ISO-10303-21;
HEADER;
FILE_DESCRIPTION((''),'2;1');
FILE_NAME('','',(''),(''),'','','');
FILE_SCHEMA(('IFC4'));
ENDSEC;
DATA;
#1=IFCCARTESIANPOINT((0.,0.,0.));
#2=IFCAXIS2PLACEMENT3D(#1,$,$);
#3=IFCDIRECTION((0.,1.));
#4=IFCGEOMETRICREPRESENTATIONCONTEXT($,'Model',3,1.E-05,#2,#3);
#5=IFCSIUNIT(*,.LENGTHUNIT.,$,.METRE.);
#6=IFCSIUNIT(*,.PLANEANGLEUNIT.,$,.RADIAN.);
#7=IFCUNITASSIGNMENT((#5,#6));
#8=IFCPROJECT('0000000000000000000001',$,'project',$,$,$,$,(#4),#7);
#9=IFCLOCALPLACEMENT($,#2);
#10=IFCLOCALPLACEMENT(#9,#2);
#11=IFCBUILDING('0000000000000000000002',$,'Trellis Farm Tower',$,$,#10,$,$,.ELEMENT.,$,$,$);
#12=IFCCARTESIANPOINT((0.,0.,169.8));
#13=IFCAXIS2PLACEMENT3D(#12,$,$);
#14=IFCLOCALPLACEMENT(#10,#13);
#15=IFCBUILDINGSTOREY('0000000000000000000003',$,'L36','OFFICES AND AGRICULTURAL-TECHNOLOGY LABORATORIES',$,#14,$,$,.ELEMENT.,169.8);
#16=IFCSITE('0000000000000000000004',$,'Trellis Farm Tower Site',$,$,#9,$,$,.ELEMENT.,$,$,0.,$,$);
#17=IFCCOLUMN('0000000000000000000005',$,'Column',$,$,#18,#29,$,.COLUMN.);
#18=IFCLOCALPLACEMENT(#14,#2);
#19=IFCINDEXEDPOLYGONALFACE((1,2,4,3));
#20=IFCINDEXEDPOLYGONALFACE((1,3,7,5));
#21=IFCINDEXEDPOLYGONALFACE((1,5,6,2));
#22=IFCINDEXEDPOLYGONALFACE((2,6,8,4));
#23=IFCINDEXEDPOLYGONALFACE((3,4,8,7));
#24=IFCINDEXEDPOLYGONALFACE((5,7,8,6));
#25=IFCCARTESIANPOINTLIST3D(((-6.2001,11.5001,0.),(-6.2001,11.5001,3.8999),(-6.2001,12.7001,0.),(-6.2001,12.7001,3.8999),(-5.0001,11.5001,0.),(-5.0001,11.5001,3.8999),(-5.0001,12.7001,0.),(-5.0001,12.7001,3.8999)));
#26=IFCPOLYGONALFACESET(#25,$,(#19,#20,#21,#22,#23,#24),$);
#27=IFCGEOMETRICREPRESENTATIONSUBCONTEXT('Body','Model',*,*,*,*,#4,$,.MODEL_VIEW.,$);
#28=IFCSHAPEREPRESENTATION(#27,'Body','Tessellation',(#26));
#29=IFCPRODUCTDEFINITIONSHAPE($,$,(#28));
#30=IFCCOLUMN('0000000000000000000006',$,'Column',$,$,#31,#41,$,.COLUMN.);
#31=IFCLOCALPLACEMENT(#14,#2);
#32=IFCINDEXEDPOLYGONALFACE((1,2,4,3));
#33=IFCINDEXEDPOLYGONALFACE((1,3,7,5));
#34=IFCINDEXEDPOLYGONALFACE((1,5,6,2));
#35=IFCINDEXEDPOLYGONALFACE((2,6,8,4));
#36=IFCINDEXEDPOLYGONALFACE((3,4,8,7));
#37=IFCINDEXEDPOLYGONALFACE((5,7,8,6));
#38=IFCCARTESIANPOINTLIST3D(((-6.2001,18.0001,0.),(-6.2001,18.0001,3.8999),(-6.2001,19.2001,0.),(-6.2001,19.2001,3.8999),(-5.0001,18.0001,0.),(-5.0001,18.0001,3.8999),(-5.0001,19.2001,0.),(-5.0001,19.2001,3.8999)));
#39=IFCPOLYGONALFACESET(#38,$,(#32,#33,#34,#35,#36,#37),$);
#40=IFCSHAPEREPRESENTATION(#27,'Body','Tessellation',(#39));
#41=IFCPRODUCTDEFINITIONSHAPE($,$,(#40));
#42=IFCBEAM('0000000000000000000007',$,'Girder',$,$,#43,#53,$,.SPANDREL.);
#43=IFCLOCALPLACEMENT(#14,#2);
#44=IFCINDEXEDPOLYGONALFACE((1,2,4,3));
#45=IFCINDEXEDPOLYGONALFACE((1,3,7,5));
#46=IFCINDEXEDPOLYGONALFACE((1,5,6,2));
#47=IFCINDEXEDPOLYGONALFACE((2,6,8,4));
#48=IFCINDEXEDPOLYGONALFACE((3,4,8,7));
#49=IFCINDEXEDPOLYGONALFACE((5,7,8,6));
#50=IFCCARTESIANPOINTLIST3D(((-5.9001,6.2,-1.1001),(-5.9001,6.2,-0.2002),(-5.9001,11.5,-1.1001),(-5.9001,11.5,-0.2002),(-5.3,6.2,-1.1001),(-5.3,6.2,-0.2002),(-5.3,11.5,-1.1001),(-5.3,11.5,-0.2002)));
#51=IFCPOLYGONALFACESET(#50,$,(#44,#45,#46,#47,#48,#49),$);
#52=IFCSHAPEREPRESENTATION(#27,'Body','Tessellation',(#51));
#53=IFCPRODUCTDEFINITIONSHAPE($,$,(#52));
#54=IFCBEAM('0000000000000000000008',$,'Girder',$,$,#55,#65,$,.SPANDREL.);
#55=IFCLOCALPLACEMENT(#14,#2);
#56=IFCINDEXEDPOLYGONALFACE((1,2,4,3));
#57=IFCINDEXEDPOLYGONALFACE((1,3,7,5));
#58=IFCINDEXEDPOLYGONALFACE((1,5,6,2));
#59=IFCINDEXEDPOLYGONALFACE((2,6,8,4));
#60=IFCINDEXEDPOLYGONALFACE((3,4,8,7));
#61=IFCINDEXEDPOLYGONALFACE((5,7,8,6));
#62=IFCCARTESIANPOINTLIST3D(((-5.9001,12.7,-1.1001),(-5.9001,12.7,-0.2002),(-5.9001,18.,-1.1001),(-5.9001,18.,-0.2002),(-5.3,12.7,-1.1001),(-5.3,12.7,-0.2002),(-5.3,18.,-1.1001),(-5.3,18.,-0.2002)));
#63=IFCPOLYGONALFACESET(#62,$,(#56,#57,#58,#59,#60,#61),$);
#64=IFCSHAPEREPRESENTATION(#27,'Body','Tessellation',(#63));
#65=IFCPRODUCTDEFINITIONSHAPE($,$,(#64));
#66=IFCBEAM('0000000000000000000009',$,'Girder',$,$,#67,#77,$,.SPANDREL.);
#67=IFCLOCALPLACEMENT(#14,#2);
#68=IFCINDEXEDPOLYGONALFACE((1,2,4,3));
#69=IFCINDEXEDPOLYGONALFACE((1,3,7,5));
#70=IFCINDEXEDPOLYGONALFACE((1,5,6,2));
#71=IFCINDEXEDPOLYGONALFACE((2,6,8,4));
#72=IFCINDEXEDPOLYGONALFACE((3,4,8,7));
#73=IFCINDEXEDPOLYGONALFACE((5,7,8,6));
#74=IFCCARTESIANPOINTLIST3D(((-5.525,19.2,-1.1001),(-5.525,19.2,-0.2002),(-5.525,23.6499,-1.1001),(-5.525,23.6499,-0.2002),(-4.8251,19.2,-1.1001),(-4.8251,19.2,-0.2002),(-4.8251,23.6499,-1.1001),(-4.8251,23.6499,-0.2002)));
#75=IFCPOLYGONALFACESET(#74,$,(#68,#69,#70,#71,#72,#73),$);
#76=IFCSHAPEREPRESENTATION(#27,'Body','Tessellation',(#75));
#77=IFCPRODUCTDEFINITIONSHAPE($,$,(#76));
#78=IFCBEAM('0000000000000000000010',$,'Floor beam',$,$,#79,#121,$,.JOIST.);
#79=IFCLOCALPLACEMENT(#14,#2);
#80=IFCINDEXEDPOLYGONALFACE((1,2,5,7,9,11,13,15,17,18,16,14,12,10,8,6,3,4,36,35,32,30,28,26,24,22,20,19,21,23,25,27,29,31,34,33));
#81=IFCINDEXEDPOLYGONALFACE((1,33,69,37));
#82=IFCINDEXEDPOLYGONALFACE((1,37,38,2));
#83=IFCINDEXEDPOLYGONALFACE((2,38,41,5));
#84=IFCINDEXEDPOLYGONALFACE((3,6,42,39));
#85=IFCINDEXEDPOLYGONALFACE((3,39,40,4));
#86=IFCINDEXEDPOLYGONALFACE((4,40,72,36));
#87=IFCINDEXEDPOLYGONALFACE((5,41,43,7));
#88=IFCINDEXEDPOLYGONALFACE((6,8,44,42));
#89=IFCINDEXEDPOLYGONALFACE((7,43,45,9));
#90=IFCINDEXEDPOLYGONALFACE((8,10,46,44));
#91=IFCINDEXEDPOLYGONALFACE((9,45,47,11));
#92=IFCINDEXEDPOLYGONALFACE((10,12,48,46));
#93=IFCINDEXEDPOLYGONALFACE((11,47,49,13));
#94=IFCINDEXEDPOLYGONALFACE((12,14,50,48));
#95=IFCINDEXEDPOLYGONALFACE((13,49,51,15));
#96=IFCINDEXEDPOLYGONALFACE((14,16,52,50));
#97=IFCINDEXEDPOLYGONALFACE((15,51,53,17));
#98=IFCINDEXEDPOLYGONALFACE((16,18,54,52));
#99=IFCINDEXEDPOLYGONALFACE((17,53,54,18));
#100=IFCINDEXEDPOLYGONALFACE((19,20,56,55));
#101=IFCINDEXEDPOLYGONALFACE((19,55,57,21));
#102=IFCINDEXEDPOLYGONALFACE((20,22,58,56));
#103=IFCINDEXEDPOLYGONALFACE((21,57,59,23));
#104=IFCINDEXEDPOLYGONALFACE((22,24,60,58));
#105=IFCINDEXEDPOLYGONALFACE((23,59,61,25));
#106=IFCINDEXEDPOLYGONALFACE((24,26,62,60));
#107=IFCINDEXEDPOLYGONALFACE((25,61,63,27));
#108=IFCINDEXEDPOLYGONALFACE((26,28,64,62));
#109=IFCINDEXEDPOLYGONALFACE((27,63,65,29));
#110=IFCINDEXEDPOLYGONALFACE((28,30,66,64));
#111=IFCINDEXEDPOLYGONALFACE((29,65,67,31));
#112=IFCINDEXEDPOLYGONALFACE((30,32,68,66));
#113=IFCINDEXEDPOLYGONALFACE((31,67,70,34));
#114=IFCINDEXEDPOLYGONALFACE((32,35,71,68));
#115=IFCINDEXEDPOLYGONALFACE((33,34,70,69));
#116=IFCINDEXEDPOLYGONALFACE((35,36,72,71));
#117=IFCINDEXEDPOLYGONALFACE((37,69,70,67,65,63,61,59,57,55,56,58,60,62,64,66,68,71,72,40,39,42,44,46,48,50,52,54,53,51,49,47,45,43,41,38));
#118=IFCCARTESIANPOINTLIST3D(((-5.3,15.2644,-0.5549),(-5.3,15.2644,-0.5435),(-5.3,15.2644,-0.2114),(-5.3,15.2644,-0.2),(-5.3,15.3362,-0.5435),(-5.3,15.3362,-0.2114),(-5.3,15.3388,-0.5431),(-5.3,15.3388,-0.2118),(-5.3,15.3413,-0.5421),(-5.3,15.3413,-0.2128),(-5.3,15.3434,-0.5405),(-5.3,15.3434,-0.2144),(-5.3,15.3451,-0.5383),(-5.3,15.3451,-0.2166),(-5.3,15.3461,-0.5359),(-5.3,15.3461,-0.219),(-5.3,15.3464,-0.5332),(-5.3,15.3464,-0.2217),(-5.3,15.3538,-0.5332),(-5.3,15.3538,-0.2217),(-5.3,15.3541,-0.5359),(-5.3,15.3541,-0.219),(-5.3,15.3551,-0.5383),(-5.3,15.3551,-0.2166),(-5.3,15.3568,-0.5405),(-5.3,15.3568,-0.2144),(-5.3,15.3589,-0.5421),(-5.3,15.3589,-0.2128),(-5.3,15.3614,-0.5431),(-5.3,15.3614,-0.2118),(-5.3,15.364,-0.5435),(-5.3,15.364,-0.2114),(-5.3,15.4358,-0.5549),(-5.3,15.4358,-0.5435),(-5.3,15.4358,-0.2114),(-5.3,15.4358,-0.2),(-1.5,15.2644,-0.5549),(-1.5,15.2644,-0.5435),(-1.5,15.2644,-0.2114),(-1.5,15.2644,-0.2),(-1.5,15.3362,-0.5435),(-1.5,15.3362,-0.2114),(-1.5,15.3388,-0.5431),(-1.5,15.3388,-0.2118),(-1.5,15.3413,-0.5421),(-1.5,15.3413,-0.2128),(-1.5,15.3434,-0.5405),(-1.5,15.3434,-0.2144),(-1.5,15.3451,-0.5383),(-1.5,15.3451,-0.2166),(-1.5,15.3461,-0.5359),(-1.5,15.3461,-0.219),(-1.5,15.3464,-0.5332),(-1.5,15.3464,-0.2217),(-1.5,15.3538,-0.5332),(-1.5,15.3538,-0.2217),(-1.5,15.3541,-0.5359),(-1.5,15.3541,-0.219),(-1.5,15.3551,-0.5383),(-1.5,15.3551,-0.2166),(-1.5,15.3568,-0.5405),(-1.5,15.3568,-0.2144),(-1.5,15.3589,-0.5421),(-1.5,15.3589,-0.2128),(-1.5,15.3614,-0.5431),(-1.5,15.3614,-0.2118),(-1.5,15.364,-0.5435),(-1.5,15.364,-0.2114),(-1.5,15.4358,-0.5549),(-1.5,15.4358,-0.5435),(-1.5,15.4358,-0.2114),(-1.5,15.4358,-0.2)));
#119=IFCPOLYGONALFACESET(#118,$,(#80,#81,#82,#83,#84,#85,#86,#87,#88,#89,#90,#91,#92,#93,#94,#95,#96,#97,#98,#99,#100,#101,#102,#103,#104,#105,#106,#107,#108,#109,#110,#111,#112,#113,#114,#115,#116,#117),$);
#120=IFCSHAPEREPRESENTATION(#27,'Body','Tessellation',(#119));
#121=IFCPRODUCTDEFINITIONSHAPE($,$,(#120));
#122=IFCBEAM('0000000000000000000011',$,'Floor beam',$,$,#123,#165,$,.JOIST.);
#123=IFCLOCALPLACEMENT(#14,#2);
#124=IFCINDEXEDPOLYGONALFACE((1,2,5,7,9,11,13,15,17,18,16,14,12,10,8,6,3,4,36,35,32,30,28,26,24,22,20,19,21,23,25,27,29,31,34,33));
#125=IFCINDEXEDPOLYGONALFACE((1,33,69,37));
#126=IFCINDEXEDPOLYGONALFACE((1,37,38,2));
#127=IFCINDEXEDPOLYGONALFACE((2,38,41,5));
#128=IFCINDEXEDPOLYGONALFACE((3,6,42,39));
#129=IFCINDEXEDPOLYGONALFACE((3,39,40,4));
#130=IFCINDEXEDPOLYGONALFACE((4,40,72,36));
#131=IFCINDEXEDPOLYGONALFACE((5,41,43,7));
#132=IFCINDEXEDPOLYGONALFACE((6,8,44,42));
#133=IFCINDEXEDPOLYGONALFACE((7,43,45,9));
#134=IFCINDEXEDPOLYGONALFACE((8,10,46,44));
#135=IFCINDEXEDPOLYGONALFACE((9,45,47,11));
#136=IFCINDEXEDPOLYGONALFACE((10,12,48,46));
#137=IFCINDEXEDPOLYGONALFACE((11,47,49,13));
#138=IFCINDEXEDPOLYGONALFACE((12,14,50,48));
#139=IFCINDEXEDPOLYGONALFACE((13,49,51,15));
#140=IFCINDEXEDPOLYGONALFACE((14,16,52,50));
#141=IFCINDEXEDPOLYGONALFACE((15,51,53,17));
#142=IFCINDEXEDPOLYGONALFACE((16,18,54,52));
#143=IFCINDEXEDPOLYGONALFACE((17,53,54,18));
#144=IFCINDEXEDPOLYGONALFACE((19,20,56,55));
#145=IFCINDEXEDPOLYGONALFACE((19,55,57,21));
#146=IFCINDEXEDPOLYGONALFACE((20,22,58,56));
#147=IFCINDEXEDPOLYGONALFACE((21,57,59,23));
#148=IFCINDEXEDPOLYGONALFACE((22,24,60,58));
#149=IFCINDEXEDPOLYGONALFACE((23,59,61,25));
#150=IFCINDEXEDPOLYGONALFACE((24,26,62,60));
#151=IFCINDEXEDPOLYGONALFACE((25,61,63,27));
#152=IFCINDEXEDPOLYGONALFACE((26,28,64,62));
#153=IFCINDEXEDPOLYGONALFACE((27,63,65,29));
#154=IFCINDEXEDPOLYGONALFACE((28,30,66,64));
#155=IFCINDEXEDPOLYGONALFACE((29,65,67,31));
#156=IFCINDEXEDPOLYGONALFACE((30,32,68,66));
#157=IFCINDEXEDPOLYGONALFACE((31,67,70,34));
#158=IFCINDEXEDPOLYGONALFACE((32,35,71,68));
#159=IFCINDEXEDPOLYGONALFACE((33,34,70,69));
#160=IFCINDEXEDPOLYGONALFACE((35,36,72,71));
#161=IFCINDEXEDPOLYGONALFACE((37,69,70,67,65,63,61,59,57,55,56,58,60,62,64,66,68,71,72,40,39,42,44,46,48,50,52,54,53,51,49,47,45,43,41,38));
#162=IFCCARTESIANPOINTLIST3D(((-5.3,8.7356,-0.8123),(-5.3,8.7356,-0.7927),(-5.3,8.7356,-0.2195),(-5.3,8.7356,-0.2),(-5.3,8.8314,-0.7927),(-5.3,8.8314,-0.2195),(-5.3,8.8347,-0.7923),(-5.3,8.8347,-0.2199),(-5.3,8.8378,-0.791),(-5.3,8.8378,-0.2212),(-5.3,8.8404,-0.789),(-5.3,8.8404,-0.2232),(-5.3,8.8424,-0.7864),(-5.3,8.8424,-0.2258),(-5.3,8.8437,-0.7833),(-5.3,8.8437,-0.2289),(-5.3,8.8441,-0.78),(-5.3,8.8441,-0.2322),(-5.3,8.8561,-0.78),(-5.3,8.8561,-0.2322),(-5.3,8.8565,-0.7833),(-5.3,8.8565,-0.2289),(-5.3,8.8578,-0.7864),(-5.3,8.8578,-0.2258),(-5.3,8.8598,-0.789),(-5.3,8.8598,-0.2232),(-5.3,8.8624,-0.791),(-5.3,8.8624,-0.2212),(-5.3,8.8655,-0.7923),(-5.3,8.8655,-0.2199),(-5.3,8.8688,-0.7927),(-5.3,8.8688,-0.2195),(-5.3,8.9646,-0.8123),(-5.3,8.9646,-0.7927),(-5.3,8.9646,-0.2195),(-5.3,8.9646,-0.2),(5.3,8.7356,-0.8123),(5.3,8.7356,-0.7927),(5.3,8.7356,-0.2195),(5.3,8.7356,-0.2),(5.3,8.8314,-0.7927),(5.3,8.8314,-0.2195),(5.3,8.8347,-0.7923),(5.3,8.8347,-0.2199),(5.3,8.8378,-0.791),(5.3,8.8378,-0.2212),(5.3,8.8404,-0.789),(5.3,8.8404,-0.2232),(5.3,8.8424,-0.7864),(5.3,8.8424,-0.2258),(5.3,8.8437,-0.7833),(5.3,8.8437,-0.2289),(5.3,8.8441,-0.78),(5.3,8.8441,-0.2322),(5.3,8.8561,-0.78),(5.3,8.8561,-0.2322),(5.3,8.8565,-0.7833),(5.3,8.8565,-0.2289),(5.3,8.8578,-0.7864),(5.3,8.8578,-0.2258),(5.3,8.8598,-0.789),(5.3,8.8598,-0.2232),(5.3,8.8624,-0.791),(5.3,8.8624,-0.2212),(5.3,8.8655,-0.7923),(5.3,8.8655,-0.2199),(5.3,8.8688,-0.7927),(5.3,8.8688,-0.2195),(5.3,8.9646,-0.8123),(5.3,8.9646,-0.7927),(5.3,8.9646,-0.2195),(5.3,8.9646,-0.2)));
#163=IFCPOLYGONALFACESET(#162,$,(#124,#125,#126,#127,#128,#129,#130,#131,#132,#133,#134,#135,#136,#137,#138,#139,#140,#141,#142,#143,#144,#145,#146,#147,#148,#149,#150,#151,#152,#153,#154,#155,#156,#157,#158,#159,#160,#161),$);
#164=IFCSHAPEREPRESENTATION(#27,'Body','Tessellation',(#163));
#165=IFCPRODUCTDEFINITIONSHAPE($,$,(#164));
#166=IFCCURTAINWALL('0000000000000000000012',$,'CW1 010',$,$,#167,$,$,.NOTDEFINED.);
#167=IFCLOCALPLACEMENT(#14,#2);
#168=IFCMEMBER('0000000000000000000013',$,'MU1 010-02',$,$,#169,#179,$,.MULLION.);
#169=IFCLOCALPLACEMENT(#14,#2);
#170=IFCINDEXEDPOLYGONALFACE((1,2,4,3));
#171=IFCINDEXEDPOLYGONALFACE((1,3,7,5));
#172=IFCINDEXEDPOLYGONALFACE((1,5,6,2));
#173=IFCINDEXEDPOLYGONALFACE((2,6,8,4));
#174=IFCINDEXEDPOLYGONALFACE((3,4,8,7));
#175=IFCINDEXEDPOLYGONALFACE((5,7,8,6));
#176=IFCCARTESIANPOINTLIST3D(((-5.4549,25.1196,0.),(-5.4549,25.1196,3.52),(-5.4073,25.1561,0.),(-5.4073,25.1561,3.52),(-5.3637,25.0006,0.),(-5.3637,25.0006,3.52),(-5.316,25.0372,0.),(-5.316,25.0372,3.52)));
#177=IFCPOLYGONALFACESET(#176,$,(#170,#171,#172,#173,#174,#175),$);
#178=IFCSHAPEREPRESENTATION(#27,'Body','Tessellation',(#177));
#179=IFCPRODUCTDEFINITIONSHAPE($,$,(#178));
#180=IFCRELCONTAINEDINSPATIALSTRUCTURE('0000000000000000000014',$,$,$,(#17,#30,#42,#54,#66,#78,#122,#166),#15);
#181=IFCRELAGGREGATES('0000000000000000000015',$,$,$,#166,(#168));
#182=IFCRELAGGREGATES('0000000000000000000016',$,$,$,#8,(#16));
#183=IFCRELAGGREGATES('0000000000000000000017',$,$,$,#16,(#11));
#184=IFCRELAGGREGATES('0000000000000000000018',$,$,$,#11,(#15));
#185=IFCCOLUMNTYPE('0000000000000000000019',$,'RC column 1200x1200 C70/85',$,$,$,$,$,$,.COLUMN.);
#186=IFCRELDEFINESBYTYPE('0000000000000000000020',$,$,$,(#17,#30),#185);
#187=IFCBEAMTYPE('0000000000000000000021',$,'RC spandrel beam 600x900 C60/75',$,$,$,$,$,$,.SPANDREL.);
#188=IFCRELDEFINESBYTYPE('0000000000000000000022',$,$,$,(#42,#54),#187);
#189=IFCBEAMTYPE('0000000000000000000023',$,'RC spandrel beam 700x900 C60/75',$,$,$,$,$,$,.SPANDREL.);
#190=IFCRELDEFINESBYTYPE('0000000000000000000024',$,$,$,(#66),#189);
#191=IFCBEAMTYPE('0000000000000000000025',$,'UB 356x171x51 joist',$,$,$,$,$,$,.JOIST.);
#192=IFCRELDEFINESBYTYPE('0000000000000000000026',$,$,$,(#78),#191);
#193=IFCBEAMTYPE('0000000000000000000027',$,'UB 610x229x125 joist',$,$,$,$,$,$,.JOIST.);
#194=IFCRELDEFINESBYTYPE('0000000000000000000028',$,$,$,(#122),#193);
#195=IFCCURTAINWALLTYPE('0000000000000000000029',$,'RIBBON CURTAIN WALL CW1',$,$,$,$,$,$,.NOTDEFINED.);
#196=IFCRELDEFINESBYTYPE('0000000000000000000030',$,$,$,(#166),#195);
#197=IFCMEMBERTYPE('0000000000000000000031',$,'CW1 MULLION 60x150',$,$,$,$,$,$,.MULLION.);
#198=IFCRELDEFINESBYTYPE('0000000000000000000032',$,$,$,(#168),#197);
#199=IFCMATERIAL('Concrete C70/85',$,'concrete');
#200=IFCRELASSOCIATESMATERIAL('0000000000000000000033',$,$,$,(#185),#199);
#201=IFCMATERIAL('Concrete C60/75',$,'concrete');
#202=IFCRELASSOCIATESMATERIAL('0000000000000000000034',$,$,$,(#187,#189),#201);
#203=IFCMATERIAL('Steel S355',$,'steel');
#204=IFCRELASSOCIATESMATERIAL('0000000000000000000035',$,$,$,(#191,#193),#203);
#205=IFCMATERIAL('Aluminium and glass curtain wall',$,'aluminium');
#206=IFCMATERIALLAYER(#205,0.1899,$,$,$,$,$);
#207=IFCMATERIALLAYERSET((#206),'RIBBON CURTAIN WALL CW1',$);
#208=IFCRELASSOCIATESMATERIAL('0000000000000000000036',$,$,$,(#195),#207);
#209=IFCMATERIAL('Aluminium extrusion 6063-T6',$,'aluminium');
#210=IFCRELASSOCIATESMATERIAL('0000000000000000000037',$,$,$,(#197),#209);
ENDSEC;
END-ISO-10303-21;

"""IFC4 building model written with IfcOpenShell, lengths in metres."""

from ifc_helpers import new_model, si_unit, direction, frame, origin, origin_2d, place, context, subcontext, project, spatial, rectangle, i_section, extrude, source, transform, mapped, material, layer, layer_set, material_profile, profile_set, type_object, element, aggregate, save


model = new_model("IFC4")

# Units and contexts
model_context = context("Model", 3, precision=1e-05, world=origin(), true_north=direction((0.0, 1.0)))
body_context = subcontext(model_context, "Body", "Model", "MODEL_VIEW")
ifc_project = project(units=[si_unit("LENGTHUNIT", "METRE"), si_unit("PLANEANGLEUNIT", "RADIAN")], contexts=[model_context])

# Site, building, storey
site_placement = place(None, origin())
site = spatial("IfcSite", under=ifc_project, at=site_placement, Name="Trellis Farm Tower Site", CompositionType="ELEMENT", RefElevation=0.0)
building_placement = place(site_placement, origin())
building = spatial("IfcBuilding", under=site, at=building_placement, Name="Trellis Farm Tower", CompositionType="ELEMENT")
storey_placement = place(building_placement, frame((0.0, 0.0, 169.8)))
storey = spatial("IfcBuildingStorey", under=building, at=storey_placement, Name="L36", Description="OFFICES AND AGRICULTURAL-TECHNOLOGY LABORATORIES", CompositionType="ELEMENT", Elevation=169.8)

# Columns
ifc_material_1 = material(Name="Concrete C70/85", Category="concrete")
ifc_material_profile_1 = material_profile(ifc_material_1, rectangle(XDim=1.2, YDim=1.2, at=origin_2d()), Name="RC column 1200x1200 C70/85")
ifc_profile_set_1 = profile_set([ifc_material_profile_1], Name="Concrete C70/85")
column_type = type_object("IfcColumnType", Name="RC column 1200x1200 C70/85", PredefinedType="COLUMN", material=ifc_profile_set_1)
shared_shape_1 = source(origin(), body_context, "Body", "SweptSolid", [
    extrude(rectangle(XDim=1.2, YDim=1.2, at=origin_2d()), origin(), (0.0, 0.0, 1.0), 3.8999),
])
for number, where, z_axis, x_axis, name in (
    (1, (-5.6001, 12.1001, 0.0), (0.0, 0.0, 1.0), (1.0, 0.0, 0.0), "Column"),
    (2, (-5.6001, 18.6001, 0.0), (0.0, 0.0, 1.0), (1.0, 0.0, 0.0), "Column"),
):
    element("IfcColumn", number, at=place(storey_placement, frame(where, z_axis=z_axis, x_axis=x_axis)), inside=storey, type_object=column_type, Name=name, PredefinedType="COLUMN", context=body_context, shape_type="MappedRepresentation", body=[
        mapped(shared_shape_1, transform((0.0, 0.0, 0.0))),
    ])

# Beams
ifc_material_2 = material(Name="Concrete C60/75", Category="concrete")
ifc_material_profile_2 = material_profile(ifc_material_2, rectangle(XDim=0.6001, YDim=0.8999, at=origin_2d()), Name="RC spandrel beam 600x900 C60/75")
ifc_profile_set_2 = profile_set([ifc_material_profile_2], Name="Concrete C60/75")
beam_type_1 = type_object("IfcBeamType", Name="RC spandrel beam 600x900 C60/75", PredefinedType="SPANDREL", material=ifc_profile_set_2)
shared_shape_2 = source(origin(), body_context, "Body", "SweptSolid", [
    extrude(rectangle(XDim=0.6001, YDim=0.8999, at=origin_2d()), origin(), (0.0, 0.0, 1.0), 5.3),
])
for number, where, z_axis, x_axis, name in (
    (3, (-5.6001, 6.2, -0.6501), (0.0, 1.0, 0.0), (-1.0, 0.0, 0.0), "Girder"),
    (4, (-5.6001, 12.7, -0.6501), (0.0, 1.0, 0.0), (-1.0, 0.0, 0.0), "Girder"),
):
    element("IfcBeam", number, at=place(storey_placement, frame(where, z_axis=z_axis, x_axis=x_axis)), inside=storey, type_object=beam_type_1, Name=name, PredefinedType="SPANDREL", context=body_context, shape_type="MappedRepresentation", body=[
        mapped(shared_shape_2, transform((0.0, 0.0, 0.0))),
    ])
ifc_material_profile_3 = material_profile(ifc_material_2, rectangle(XDim=0.7, YDim=0.8999, at=origin_2d()), Name="RC spandrel beam 700x900 C60/75")
ifc_profile_set_3 = profile_set([ifc_material_profile_3], Name="Concrete C60/75")
beam_type_2 = type_object("IfcBeamType", Name="RC spandrel beam 700x900 C60/75", PredefinedType="SPANDREL", material=ifc_profile_set_3)
shared_shape_3 = source(origin(), body_context, "Body", "SweptSolid", [
    extrude(rectangle(XDim=0.7, YDim=0.8999, at=origin_2d()), origin(), (0.0, 0.0, 1.0), 4.45),
])
beam_1_placement = place(storey_placement, frame((-5.175, 19.2, -0.6501), z_axis=(0.0, 1.0, 0.0), x_axis=(-1.0, 0.0, 0.0)))
element("IfcBeam", 5, at=beam_1_placement, inside=storey, type_object=beam_type_2, Name="Girder", PredefinedType="SPANDREL", context=body_context, shape_type="MappedRepresentation", body=[
    mapped(shared_shape_3, transform((0.0, 0.0, 0.0))),
])
ifc_material_3 = material(Name="Steel S355", Category="steel")
ifc_material_profile_4 = material_profile(ifc_material_3, i_section(OverallWidth=0.1714, OverallDepth=0.355, WebThickness=0.0073, FlangeThickness=0.0115, FilletRadius=0.0103, at=origin_2d()), Name="UB 356x171x51")
ifc_profile_set_4 = profile_set([ifc_material_profile_4], Name="Steel S355")
beam_type_3 = type_object("IfcBeamType", Name="UB 356x171x51 joist", PredefinedType="JOIST", material=ifc_profile_set_4)
shared_shape_4 = source(origin(), body_context, "Body", "SweptSolid", [
    extrude(i_section(OverallWidth=0.1714, OverallDepth=0.355, WebThickness=0.0073, FlangeThickness=0.0115, FilletRadius=0.0103, at=origin_2d()), origin(), (0.0, 0.0, 1.0), 3.8),
])
beam_2_placement = place(storey_placement, frame((-5.3, 15.3501, -0.3774), z_axis=(1.0, 0.0, 0.0), x_axis=(0.0, 1.0, 0.0)))
element("IfcBeam", 6, at=beam_2_placement, inside=storey, type_object=beam_type_3, Name="Floor beam", PredefinedType="JOIST", context=body_context, shape_type="MappedRepresentation", body=[
    mapped(shared_shape_4, transform((0.0, 0.0, 0.0))),
])
ifc_material_profile_5 = material_profile(ifc_material_3, i_section(OverallWidth=0.229, OverallDepth=0.6123, WebThickness=0.012, FlangeThickness=0.0195, FilletRadius=0.0127, at=origin_2d()), Name="UB 610x229x125")
ifc_profile_set_5 = profile_set([ifc_material_profile_5], Name="Steel S355")
beam_type_4 = type_object("IfcBeamType", Name="UB 610x229x125 joist", PredefinedType="JOIST", material=ifc_profile_set_5)
shared_shape_5 = source(origin(), body_context, "Body", "SweptSolid", [
    extrude(i_section(OverallWidth=0.229, OverallDepth=0.6123, WebThickness=0.012, FlangeThickness=0.0195, FilletRadius=0.0127, at=origin_2d()), origin(), (0.0, 0.0, 1.0), 10.6001),
])
beam_3_placement = place(storey_placement, frame((-5.3, 8.8501, -0.5061), z_axis=(1.0, 0.0, 0.0), x_axis=(0.0, 1.0, 0.0)))
element("IfcBeam", 7, at=beam_3_placement, inside=storey, type_object=beam_type_4, Name="Floor beam", PredefinedType="JOIST", context=body_context, shape_type="MappedRepresentation", body=[
    mapped(shared_shape_5, transform((0.0, 0.0, 0.0))),
])

# Curtain wall, member
ifc_material_4 = material(Name="Aluminium and glass curtain wall", Category="aluminium")
ifc_layer_1 = layer(ifc_material_4, 0.1899)
ifc_layer_set_1 = layer_set([ifc_layer_1], Name="RIBBON CURTAIN WALL CW1")
curtain_wall_type_1 = type_object("IfcCurtainWallType", Name="RIBBON CURTAIN WALL CW1", PredefinedType="NOTDEFINED", material=ifc_layer_set_1)
placement = place(storey_placement, origin())
curtain_wall_1 = element("IfcCurtainWall", 8, at=placement, inside=storey, type_object=curtain_wall_type_1, Name="CW1 010", PredefinedType="NOTDEFINED")
ifc_material_5 = material(Name="Aluminium extrusion 6063-T6", Category="aluminium")
ifc_material_profile_6 = material_profile(ifc_material_5, rectangle(XDim=0.0601, YDim=0.1499, at=origin_2d()), Name="MULLION 60x150")
ifc_profile_set_6 = profile_set([ifc_material_profile_6], Name="Aluminium extrusion 6063-T6")
member_type_1 = type_object("IfcMemberType", Name="CW1 MULLION 60x150", PredefinedType="MULLION", material=ifc_profile_set_6)
shared_shape_6 = source(origin(), body_context, "Body", "SweptSolid", [
    extrude(rectangle(XDim=0.0601, YDim=0.1499, at=origin_2d()), origin(), (0.0, 0.0, 1.0), 3.52),
])
member_1_placement = place(storey_placement, frame((-5.3855, 25.0784, 0.0), z_axis=(0.0, 0.0, 1.0), x_axis=(-0.793353, -0.608761, 0.0)))
member_1 = element("IfcMember", 9, at=member_1_placement, type_object=member_type_1, Name="MU1 010-02", PredefinedType="MULLION", context=body_context, shape_type="MappedRepresentation", body=[
    mapped(shared_shape_6, transform((0.0, 0.0, 0.0))),
])
aggregate(curtain_wall_1, [member_1])

save(model, "model.ifc")
